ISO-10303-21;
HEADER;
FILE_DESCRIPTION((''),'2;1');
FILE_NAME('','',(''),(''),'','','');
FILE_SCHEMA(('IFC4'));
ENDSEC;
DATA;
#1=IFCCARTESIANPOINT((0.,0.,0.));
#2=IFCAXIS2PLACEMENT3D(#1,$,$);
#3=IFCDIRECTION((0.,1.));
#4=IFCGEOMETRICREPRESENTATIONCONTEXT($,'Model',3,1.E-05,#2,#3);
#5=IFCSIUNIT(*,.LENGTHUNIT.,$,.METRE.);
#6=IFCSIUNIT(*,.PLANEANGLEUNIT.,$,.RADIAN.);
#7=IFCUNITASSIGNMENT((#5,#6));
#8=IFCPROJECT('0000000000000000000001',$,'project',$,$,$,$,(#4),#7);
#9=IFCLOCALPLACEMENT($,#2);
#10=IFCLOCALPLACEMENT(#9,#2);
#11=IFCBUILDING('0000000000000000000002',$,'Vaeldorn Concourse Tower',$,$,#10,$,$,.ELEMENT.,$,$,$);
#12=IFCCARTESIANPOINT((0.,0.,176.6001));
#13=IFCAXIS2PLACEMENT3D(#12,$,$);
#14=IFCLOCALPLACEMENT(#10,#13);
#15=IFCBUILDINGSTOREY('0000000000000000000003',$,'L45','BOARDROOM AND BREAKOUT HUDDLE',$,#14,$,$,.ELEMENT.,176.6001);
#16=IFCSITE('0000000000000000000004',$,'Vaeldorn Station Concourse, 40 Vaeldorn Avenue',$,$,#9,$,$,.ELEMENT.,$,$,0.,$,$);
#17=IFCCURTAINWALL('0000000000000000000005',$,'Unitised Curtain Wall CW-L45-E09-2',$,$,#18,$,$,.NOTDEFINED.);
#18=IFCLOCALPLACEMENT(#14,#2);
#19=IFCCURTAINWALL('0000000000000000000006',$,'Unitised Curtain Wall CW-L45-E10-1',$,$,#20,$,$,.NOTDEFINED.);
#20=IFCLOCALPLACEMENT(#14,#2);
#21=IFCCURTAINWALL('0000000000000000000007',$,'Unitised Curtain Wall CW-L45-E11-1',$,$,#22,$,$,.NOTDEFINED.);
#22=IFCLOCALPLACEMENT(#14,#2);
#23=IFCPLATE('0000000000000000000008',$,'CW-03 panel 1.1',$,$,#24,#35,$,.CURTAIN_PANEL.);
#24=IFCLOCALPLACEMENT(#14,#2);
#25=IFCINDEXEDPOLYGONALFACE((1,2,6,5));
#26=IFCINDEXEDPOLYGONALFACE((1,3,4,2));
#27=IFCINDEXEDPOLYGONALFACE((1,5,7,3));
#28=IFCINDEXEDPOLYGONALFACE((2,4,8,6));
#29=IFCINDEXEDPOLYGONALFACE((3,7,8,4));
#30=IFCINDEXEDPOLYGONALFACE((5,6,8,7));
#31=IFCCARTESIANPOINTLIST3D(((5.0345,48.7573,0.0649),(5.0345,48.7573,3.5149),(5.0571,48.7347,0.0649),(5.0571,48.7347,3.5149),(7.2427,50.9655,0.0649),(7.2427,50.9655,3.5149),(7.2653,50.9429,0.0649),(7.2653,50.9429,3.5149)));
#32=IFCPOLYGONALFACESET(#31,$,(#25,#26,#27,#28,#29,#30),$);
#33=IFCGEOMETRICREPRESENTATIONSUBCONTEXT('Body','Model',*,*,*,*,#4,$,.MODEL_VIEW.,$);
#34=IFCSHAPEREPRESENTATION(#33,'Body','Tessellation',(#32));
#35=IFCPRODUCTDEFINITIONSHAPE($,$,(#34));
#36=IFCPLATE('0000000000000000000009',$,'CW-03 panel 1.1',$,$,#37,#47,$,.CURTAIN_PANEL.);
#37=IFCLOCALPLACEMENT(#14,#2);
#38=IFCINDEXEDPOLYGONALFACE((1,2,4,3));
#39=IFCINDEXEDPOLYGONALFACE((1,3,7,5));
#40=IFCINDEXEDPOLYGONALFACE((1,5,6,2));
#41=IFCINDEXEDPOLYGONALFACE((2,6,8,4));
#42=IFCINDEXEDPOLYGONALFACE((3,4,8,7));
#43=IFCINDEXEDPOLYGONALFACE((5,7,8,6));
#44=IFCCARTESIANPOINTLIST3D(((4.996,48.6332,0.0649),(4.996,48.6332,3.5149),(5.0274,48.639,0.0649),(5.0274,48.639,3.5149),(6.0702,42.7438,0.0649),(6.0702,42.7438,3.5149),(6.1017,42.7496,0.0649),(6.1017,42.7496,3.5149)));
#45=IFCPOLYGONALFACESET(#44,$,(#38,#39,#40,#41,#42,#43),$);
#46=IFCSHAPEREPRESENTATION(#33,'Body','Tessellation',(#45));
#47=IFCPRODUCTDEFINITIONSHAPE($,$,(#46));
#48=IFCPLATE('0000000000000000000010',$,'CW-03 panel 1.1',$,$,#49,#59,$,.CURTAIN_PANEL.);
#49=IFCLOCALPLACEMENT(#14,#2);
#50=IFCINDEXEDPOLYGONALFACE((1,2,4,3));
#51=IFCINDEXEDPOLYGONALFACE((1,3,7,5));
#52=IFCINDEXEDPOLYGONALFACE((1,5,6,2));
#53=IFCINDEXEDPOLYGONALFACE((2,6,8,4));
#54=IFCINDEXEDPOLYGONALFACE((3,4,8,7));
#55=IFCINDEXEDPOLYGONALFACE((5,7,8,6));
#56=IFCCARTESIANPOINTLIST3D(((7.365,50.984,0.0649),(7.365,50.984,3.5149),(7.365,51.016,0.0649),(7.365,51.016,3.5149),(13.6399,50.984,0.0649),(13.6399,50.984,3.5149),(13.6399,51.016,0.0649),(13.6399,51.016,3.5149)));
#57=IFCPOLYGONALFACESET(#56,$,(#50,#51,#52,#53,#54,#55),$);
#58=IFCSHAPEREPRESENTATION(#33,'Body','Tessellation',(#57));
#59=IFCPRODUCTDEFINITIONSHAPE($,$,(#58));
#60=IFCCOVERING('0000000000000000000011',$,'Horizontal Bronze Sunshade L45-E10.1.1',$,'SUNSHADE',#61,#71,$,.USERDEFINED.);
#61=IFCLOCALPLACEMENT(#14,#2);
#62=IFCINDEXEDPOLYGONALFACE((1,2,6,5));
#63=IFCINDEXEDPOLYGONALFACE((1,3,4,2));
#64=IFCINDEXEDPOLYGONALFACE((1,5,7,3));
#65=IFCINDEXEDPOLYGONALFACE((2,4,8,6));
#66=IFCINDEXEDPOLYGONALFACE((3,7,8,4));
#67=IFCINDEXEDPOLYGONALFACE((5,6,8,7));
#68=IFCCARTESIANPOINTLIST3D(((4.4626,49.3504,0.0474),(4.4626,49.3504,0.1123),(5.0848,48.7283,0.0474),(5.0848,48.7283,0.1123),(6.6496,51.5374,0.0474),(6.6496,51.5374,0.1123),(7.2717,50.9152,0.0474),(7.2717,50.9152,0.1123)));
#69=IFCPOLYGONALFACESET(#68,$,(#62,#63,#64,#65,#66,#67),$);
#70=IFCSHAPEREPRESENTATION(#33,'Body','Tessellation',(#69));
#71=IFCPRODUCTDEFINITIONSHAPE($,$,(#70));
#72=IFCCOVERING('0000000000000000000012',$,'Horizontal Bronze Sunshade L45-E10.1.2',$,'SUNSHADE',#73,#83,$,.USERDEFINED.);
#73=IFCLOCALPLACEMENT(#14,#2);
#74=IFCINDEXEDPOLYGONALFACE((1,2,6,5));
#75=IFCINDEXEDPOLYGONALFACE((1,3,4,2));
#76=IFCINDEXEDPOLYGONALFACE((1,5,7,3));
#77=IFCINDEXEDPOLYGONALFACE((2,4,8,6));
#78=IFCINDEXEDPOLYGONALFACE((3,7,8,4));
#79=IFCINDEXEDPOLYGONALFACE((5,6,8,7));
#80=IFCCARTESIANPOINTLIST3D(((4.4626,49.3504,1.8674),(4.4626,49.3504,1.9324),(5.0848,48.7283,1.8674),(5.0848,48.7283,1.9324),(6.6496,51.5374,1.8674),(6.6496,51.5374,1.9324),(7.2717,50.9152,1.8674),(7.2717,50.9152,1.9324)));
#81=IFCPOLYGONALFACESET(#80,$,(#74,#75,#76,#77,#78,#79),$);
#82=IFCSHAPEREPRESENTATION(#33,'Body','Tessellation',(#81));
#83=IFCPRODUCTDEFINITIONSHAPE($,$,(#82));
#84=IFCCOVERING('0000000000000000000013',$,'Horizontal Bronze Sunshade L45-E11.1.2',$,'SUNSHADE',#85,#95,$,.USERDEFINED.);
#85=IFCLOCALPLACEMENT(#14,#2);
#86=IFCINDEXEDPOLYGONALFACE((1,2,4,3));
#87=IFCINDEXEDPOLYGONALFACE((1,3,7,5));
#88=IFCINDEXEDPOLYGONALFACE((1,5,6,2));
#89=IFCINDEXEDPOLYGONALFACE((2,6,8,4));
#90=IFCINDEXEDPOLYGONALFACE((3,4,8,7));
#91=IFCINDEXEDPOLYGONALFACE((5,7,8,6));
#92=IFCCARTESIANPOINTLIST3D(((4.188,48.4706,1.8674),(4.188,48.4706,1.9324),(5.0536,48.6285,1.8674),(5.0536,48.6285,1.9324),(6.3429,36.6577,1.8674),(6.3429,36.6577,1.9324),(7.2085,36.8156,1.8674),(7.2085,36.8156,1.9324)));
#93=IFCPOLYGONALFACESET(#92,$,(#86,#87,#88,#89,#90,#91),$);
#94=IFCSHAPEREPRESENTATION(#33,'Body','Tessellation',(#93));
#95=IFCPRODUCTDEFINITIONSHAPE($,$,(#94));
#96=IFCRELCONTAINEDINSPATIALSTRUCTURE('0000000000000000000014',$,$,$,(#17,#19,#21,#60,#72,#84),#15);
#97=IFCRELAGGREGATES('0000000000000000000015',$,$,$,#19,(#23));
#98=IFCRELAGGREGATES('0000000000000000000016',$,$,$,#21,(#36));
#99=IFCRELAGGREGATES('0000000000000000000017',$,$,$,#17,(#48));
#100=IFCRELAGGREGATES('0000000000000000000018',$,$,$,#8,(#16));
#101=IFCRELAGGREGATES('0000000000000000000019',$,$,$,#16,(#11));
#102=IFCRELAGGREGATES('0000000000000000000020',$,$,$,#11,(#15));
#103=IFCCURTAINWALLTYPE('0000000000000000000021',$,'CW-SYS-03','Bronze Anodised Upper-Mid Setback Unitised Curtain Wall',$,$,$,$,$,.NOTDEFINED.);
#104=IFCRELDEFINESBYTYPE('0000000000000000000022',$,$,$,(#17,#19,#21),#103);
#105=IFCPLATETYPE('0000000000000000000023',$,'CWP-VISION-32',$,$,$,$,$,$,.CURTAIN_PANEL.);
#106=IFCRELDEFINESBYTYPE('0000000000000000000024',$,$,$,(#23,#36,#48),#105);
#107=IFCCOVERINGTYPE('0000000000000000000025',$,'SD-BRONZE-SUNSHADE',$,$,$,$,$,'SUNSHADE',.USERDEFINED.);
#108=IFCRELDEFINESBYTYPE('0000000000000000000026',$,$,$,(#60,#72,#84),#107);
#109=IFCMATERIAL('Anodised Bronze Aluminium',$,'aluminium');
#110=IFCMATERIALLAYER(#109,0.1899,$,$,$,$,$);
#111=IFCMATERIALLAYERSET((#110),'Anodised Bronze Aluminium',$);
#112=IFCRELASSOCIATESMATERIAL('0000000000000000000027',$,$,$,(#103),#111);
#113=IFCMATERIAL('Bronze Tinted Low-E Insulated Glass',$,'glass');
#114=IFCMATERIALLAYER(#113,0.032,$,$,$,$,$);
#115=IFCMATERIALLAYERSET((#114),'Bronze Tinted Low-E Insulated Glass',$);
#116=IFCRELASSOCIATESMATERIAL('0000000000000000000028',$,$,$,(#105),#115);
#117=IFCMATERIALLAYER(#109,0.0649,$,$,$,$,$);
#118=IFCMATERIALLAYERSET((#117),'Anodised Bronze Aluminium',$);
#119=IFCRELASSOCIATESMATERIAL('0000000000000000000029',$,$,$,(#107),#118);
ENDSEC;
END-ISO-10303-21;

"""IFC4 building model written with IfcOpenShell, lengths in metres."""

from ifc_helpers import new_model, si_unit, direction, frame, origin, origin_2d, place, context, subcontext, project, spatial, rectangle, extrude, source, transform, mapped, material, layer, layer_set, type_object, element, aggregate, save


model = new_model("IFC4")

# Units and contexts
model_context = context("Model", 3, precision=1e-05, world=origin(), true_north=direction((0.0, 1.0)))
body_context = subcontext(model_context, "Body", "Model", "MODEL_VIEW")
ifc_project = project(units=[si_unit("LENGTHUNIT", "METRE"), si_unit("PLANEANGLEUNIT", "RADIAN")], contexts=[model_context])

# Site, building, storey
site_placement = place(None, origin())
site = spatial("IfcSite", under=ifc_project, at=site_placement, Name="Vaeldorn Station Concourse, 40 Vaeldorn Avenue", CompositionType="ELEMENT", RefElevation=0.0)
building_placement = place(site_placement, origin())
building = spatial("IfcBuilding", under=site, at=building_placement, Name="Vaeldorn Concourse Tower", CompositionType="ELEMENT")
storey_placement = place(building_placement, frame((0.0, 0.0, 176.6001)))
storey = spatial("IfcBuildingStorey", under=building, at=storey_placement, Name="L45", Description="BOARDROOM AND BREAKOUT HUDDLE", CompositionType="ELEMENT", Elevation=176.6001)

# Curtain walls
ifc_material_1 = material(Name="Anodised Bronze Aluminium", Category="aluminium")
ifc_layer_1 = layer(ifc_material_1, 0.1899)
ifc_layer_set_1 = layer_set([ifc_layer_1], Name="Anodised Bronze Aluminium")
curtain_wall_type = type_object("IfcCurtainWallType", Name="CW-SYS-03", Description="Bronze Anodised Upper-Mid Setback Unitised Curtain Wall", PredefinedType="NOTDEFINED", material=ifc_layer_set_1)
curtain_wall_1_placement = place(storey_placement, origin())
curtain_wall_1 = element("IfcCurtainWall", 1, at=curtain_wall_1_placement, inside=storey, type_object=curtain_wall_type, Name="Unitised Curtain Wall CW-L45-E09-2", PredefinedType="NOTDEFINED")
curtain_wall_2_placement = place(storey_placement, origin())
curtain_wall_2 = element("IfcCurtainWall", 2, at=curtain_wall_2_placement, inside=storey, type_object=curtain_wall_type, Name="Unitised Curtain Wall CW-L45-E10-1", PredefinedType="NOTDEFINED")
curtain_wall_3_placement = place(storey_placement, origin())
curtain_wall_3 = element("IfcCurtainWall", 3, at=curtain_wall_3_placement, inside=storey, type_object=curtain_wall_type, Name="Unitised Curtain Wall CW-L45-E11-1", PredefinedType="NOTDEFINED")

# Plates
ifc_material_2 = material(Name="Bronze Tinted Low-E Insulated Glass", Category="glass")
ifc_layer_2 = layer(ifc_material_2, 0.032)
ifc_layer_set_2 = layer_set([ifc_layer_2], Name="Bronze Tinted Low-E Insulated Glass")
plate_type = type_object("IfcPlateType", Name="CWP-VISION-32", PredefinedType="CURTAIN_PANEL", material=ifc_layer_set_2)
shared_shape_1 = source(origin(), body_context, "Body", "SweptSolid", [
    extrude(rectangle(XDim=3.1228, YDim=0.032, at=origin_2d()), origin(), (0.0, 0.0, 1.0), 3.45),
])
plate_1_placement = place(storey_placement, frame((6.1499, 49.8501, 0.0649), z_axis=(0.0, 0.0, 1.0), x_axis=(-0.707107, -0.707107, 0.0)))
plate_1 = element("IfcPlate", 4, at=plate_1_placement, type_object=plate_type, Name="CW-03 panel 1.1", PredefinedType="CURTAIN_PANEL", context=body_context, shape_type="MappedRepresentation", body=[
    mapped(shared_shape_1, transform((0.0, 0.0, 0.0), scale=1.0)),
])
aggregate(curtain_wall_2, [plate_1])
shared_shape_2 = source(origin(), body_context, "Body", "SweptSolid", [
    extrude(rectangle(XDim=5.9866, YDim=0.032, at=origin_2d()), origin(), (0.0, 0.0, 1.0), 3.45),
])
plate_2_placement = place(storey_placement, frame((5.5488, 45.6914, 0.0649), z_axis=(0.0, 0.0, 1.0), x_axis=(0.179447, -0.983768, 0.0)))
plate_2 = element("IfcPlate", 5, at=plate_2_placement, type_object=plate_type, Name="CW-03 panel 1.1", PredefinedType="CURTAIN_PANEL", context=body_context, shape_type="MappedRepresentation", body=[
    mapped(shared_shape_2, transform((0.0, 0.0, 0.0), scale=1.0)),
])
aggregate(curtain_wall_3, [plate_2])
shared_shape_3 = source(origin(), body_context, "Body", "SweptSolid", [
    extrude(rectangle(XDim=6.2749, YDim=0.032, at=origin_2d()), origin(), (0.0, 0.0, 1.0), 3.45),
])
plate_3_placement = place(storey_placement, frame((10.5024, 51.0, 0.0649), z_axis=(0.0, 0.0, 1.0), x_axis=(-1.0, 0.0, 0.0)))
plate_3 = element("IfcPlate", 6, at=plate_3_placement, type_object=plate_type, Name="CW-03 panel 1.1", PredefinedType="CURTAIN_PANEL", context=body_context, shape_type="MappedRepresentation", body=[
    mapped(shared_shape_3, transform((0.0, 0.0, 0.0), scale=1.0)),
])
aggregate(curtain_wall_1, [plate_3])

# Coverings
ifc_layer_3 = layer(ifc_material_1, 0.0649)
ifc_layer_set_3 = layer_set([ifc_layer_3], Name="Anodised Bronze Aluminium")
covering_type = type_object("IfcCoveringType", Name="SD-BRONZE-SUNSHADE", ElementType="SUNSHADE", PredefinedType="USERDEFINED", material=ifc_layer_set_3)
shared_shape_4 = source(origin(), body_context, "Body", "SweptSolid", [
    extrude(rectangle(XDim=3.0928, YDim=0.8799, at=origin_2d()), origin(), (0.0, 0.0, 1.0), 0.0649),
])
for number, where, z_axis, x_axis, name in (
    (7, (5.8672, 50.1328, 0.0474), (0.0, 0.0, 1.0), (-0.707107, -0.707107, 0.0), "Horizontal Bronze Sunshade L45-E10.1.1"),
    (8, (5.8672, 50.1328, 1.8674), (0.0, 0.0, 1.0), (-0.707107, -0.707107, 0.0), "Horizontal Bronze Sunshade L45-E10.1.2"),
):
    element("IfcCovering", number, at=place(storey_placement, frame(where, z_axis=z_axis, x_axis=x_axis)), inside=storey, type_object=covering_type, Name=name, ObjectType="SUNSHADE", PredefinedType="USERDEFINED", context=body_context, shape_type="MappedRepresentation", body=[
        mapped(shared_shape_4, transform((0.0, 0.0, 0.0), scale=1.0)),
    ])
shared_shape_5 = source(origin(), body_context, "Body", "SweptSolid", [
    extrude(rectangle(XDim=12.0078, YDim=0.8799, at=origin_2d()), origin(), (0.0, 0.0, 1.0), 0.0649),
])
covering_placement = place(storey_placement, frame((5.6982, 42.6431, 1.8674), z_axis=(0.0, 0.0, 1.0), x_axis=(0.179455, -0.983766, 0.0)))
element("IfcCovering", 9, at=covering_placement, inside=storey, type_object=covering_type, Name="Horizontal Bronze Sunshade L45-E11.1.2", ObjectType="SUNSHADE", PredefinedType="USERDEFINED", context=body_context, shape_type="MappedRepresentation", body=[
    mapped(shared_shape_5, transform((0.0, 0.0, 0.0), scale=1.0)),
])

save(model, "model.ifc")
